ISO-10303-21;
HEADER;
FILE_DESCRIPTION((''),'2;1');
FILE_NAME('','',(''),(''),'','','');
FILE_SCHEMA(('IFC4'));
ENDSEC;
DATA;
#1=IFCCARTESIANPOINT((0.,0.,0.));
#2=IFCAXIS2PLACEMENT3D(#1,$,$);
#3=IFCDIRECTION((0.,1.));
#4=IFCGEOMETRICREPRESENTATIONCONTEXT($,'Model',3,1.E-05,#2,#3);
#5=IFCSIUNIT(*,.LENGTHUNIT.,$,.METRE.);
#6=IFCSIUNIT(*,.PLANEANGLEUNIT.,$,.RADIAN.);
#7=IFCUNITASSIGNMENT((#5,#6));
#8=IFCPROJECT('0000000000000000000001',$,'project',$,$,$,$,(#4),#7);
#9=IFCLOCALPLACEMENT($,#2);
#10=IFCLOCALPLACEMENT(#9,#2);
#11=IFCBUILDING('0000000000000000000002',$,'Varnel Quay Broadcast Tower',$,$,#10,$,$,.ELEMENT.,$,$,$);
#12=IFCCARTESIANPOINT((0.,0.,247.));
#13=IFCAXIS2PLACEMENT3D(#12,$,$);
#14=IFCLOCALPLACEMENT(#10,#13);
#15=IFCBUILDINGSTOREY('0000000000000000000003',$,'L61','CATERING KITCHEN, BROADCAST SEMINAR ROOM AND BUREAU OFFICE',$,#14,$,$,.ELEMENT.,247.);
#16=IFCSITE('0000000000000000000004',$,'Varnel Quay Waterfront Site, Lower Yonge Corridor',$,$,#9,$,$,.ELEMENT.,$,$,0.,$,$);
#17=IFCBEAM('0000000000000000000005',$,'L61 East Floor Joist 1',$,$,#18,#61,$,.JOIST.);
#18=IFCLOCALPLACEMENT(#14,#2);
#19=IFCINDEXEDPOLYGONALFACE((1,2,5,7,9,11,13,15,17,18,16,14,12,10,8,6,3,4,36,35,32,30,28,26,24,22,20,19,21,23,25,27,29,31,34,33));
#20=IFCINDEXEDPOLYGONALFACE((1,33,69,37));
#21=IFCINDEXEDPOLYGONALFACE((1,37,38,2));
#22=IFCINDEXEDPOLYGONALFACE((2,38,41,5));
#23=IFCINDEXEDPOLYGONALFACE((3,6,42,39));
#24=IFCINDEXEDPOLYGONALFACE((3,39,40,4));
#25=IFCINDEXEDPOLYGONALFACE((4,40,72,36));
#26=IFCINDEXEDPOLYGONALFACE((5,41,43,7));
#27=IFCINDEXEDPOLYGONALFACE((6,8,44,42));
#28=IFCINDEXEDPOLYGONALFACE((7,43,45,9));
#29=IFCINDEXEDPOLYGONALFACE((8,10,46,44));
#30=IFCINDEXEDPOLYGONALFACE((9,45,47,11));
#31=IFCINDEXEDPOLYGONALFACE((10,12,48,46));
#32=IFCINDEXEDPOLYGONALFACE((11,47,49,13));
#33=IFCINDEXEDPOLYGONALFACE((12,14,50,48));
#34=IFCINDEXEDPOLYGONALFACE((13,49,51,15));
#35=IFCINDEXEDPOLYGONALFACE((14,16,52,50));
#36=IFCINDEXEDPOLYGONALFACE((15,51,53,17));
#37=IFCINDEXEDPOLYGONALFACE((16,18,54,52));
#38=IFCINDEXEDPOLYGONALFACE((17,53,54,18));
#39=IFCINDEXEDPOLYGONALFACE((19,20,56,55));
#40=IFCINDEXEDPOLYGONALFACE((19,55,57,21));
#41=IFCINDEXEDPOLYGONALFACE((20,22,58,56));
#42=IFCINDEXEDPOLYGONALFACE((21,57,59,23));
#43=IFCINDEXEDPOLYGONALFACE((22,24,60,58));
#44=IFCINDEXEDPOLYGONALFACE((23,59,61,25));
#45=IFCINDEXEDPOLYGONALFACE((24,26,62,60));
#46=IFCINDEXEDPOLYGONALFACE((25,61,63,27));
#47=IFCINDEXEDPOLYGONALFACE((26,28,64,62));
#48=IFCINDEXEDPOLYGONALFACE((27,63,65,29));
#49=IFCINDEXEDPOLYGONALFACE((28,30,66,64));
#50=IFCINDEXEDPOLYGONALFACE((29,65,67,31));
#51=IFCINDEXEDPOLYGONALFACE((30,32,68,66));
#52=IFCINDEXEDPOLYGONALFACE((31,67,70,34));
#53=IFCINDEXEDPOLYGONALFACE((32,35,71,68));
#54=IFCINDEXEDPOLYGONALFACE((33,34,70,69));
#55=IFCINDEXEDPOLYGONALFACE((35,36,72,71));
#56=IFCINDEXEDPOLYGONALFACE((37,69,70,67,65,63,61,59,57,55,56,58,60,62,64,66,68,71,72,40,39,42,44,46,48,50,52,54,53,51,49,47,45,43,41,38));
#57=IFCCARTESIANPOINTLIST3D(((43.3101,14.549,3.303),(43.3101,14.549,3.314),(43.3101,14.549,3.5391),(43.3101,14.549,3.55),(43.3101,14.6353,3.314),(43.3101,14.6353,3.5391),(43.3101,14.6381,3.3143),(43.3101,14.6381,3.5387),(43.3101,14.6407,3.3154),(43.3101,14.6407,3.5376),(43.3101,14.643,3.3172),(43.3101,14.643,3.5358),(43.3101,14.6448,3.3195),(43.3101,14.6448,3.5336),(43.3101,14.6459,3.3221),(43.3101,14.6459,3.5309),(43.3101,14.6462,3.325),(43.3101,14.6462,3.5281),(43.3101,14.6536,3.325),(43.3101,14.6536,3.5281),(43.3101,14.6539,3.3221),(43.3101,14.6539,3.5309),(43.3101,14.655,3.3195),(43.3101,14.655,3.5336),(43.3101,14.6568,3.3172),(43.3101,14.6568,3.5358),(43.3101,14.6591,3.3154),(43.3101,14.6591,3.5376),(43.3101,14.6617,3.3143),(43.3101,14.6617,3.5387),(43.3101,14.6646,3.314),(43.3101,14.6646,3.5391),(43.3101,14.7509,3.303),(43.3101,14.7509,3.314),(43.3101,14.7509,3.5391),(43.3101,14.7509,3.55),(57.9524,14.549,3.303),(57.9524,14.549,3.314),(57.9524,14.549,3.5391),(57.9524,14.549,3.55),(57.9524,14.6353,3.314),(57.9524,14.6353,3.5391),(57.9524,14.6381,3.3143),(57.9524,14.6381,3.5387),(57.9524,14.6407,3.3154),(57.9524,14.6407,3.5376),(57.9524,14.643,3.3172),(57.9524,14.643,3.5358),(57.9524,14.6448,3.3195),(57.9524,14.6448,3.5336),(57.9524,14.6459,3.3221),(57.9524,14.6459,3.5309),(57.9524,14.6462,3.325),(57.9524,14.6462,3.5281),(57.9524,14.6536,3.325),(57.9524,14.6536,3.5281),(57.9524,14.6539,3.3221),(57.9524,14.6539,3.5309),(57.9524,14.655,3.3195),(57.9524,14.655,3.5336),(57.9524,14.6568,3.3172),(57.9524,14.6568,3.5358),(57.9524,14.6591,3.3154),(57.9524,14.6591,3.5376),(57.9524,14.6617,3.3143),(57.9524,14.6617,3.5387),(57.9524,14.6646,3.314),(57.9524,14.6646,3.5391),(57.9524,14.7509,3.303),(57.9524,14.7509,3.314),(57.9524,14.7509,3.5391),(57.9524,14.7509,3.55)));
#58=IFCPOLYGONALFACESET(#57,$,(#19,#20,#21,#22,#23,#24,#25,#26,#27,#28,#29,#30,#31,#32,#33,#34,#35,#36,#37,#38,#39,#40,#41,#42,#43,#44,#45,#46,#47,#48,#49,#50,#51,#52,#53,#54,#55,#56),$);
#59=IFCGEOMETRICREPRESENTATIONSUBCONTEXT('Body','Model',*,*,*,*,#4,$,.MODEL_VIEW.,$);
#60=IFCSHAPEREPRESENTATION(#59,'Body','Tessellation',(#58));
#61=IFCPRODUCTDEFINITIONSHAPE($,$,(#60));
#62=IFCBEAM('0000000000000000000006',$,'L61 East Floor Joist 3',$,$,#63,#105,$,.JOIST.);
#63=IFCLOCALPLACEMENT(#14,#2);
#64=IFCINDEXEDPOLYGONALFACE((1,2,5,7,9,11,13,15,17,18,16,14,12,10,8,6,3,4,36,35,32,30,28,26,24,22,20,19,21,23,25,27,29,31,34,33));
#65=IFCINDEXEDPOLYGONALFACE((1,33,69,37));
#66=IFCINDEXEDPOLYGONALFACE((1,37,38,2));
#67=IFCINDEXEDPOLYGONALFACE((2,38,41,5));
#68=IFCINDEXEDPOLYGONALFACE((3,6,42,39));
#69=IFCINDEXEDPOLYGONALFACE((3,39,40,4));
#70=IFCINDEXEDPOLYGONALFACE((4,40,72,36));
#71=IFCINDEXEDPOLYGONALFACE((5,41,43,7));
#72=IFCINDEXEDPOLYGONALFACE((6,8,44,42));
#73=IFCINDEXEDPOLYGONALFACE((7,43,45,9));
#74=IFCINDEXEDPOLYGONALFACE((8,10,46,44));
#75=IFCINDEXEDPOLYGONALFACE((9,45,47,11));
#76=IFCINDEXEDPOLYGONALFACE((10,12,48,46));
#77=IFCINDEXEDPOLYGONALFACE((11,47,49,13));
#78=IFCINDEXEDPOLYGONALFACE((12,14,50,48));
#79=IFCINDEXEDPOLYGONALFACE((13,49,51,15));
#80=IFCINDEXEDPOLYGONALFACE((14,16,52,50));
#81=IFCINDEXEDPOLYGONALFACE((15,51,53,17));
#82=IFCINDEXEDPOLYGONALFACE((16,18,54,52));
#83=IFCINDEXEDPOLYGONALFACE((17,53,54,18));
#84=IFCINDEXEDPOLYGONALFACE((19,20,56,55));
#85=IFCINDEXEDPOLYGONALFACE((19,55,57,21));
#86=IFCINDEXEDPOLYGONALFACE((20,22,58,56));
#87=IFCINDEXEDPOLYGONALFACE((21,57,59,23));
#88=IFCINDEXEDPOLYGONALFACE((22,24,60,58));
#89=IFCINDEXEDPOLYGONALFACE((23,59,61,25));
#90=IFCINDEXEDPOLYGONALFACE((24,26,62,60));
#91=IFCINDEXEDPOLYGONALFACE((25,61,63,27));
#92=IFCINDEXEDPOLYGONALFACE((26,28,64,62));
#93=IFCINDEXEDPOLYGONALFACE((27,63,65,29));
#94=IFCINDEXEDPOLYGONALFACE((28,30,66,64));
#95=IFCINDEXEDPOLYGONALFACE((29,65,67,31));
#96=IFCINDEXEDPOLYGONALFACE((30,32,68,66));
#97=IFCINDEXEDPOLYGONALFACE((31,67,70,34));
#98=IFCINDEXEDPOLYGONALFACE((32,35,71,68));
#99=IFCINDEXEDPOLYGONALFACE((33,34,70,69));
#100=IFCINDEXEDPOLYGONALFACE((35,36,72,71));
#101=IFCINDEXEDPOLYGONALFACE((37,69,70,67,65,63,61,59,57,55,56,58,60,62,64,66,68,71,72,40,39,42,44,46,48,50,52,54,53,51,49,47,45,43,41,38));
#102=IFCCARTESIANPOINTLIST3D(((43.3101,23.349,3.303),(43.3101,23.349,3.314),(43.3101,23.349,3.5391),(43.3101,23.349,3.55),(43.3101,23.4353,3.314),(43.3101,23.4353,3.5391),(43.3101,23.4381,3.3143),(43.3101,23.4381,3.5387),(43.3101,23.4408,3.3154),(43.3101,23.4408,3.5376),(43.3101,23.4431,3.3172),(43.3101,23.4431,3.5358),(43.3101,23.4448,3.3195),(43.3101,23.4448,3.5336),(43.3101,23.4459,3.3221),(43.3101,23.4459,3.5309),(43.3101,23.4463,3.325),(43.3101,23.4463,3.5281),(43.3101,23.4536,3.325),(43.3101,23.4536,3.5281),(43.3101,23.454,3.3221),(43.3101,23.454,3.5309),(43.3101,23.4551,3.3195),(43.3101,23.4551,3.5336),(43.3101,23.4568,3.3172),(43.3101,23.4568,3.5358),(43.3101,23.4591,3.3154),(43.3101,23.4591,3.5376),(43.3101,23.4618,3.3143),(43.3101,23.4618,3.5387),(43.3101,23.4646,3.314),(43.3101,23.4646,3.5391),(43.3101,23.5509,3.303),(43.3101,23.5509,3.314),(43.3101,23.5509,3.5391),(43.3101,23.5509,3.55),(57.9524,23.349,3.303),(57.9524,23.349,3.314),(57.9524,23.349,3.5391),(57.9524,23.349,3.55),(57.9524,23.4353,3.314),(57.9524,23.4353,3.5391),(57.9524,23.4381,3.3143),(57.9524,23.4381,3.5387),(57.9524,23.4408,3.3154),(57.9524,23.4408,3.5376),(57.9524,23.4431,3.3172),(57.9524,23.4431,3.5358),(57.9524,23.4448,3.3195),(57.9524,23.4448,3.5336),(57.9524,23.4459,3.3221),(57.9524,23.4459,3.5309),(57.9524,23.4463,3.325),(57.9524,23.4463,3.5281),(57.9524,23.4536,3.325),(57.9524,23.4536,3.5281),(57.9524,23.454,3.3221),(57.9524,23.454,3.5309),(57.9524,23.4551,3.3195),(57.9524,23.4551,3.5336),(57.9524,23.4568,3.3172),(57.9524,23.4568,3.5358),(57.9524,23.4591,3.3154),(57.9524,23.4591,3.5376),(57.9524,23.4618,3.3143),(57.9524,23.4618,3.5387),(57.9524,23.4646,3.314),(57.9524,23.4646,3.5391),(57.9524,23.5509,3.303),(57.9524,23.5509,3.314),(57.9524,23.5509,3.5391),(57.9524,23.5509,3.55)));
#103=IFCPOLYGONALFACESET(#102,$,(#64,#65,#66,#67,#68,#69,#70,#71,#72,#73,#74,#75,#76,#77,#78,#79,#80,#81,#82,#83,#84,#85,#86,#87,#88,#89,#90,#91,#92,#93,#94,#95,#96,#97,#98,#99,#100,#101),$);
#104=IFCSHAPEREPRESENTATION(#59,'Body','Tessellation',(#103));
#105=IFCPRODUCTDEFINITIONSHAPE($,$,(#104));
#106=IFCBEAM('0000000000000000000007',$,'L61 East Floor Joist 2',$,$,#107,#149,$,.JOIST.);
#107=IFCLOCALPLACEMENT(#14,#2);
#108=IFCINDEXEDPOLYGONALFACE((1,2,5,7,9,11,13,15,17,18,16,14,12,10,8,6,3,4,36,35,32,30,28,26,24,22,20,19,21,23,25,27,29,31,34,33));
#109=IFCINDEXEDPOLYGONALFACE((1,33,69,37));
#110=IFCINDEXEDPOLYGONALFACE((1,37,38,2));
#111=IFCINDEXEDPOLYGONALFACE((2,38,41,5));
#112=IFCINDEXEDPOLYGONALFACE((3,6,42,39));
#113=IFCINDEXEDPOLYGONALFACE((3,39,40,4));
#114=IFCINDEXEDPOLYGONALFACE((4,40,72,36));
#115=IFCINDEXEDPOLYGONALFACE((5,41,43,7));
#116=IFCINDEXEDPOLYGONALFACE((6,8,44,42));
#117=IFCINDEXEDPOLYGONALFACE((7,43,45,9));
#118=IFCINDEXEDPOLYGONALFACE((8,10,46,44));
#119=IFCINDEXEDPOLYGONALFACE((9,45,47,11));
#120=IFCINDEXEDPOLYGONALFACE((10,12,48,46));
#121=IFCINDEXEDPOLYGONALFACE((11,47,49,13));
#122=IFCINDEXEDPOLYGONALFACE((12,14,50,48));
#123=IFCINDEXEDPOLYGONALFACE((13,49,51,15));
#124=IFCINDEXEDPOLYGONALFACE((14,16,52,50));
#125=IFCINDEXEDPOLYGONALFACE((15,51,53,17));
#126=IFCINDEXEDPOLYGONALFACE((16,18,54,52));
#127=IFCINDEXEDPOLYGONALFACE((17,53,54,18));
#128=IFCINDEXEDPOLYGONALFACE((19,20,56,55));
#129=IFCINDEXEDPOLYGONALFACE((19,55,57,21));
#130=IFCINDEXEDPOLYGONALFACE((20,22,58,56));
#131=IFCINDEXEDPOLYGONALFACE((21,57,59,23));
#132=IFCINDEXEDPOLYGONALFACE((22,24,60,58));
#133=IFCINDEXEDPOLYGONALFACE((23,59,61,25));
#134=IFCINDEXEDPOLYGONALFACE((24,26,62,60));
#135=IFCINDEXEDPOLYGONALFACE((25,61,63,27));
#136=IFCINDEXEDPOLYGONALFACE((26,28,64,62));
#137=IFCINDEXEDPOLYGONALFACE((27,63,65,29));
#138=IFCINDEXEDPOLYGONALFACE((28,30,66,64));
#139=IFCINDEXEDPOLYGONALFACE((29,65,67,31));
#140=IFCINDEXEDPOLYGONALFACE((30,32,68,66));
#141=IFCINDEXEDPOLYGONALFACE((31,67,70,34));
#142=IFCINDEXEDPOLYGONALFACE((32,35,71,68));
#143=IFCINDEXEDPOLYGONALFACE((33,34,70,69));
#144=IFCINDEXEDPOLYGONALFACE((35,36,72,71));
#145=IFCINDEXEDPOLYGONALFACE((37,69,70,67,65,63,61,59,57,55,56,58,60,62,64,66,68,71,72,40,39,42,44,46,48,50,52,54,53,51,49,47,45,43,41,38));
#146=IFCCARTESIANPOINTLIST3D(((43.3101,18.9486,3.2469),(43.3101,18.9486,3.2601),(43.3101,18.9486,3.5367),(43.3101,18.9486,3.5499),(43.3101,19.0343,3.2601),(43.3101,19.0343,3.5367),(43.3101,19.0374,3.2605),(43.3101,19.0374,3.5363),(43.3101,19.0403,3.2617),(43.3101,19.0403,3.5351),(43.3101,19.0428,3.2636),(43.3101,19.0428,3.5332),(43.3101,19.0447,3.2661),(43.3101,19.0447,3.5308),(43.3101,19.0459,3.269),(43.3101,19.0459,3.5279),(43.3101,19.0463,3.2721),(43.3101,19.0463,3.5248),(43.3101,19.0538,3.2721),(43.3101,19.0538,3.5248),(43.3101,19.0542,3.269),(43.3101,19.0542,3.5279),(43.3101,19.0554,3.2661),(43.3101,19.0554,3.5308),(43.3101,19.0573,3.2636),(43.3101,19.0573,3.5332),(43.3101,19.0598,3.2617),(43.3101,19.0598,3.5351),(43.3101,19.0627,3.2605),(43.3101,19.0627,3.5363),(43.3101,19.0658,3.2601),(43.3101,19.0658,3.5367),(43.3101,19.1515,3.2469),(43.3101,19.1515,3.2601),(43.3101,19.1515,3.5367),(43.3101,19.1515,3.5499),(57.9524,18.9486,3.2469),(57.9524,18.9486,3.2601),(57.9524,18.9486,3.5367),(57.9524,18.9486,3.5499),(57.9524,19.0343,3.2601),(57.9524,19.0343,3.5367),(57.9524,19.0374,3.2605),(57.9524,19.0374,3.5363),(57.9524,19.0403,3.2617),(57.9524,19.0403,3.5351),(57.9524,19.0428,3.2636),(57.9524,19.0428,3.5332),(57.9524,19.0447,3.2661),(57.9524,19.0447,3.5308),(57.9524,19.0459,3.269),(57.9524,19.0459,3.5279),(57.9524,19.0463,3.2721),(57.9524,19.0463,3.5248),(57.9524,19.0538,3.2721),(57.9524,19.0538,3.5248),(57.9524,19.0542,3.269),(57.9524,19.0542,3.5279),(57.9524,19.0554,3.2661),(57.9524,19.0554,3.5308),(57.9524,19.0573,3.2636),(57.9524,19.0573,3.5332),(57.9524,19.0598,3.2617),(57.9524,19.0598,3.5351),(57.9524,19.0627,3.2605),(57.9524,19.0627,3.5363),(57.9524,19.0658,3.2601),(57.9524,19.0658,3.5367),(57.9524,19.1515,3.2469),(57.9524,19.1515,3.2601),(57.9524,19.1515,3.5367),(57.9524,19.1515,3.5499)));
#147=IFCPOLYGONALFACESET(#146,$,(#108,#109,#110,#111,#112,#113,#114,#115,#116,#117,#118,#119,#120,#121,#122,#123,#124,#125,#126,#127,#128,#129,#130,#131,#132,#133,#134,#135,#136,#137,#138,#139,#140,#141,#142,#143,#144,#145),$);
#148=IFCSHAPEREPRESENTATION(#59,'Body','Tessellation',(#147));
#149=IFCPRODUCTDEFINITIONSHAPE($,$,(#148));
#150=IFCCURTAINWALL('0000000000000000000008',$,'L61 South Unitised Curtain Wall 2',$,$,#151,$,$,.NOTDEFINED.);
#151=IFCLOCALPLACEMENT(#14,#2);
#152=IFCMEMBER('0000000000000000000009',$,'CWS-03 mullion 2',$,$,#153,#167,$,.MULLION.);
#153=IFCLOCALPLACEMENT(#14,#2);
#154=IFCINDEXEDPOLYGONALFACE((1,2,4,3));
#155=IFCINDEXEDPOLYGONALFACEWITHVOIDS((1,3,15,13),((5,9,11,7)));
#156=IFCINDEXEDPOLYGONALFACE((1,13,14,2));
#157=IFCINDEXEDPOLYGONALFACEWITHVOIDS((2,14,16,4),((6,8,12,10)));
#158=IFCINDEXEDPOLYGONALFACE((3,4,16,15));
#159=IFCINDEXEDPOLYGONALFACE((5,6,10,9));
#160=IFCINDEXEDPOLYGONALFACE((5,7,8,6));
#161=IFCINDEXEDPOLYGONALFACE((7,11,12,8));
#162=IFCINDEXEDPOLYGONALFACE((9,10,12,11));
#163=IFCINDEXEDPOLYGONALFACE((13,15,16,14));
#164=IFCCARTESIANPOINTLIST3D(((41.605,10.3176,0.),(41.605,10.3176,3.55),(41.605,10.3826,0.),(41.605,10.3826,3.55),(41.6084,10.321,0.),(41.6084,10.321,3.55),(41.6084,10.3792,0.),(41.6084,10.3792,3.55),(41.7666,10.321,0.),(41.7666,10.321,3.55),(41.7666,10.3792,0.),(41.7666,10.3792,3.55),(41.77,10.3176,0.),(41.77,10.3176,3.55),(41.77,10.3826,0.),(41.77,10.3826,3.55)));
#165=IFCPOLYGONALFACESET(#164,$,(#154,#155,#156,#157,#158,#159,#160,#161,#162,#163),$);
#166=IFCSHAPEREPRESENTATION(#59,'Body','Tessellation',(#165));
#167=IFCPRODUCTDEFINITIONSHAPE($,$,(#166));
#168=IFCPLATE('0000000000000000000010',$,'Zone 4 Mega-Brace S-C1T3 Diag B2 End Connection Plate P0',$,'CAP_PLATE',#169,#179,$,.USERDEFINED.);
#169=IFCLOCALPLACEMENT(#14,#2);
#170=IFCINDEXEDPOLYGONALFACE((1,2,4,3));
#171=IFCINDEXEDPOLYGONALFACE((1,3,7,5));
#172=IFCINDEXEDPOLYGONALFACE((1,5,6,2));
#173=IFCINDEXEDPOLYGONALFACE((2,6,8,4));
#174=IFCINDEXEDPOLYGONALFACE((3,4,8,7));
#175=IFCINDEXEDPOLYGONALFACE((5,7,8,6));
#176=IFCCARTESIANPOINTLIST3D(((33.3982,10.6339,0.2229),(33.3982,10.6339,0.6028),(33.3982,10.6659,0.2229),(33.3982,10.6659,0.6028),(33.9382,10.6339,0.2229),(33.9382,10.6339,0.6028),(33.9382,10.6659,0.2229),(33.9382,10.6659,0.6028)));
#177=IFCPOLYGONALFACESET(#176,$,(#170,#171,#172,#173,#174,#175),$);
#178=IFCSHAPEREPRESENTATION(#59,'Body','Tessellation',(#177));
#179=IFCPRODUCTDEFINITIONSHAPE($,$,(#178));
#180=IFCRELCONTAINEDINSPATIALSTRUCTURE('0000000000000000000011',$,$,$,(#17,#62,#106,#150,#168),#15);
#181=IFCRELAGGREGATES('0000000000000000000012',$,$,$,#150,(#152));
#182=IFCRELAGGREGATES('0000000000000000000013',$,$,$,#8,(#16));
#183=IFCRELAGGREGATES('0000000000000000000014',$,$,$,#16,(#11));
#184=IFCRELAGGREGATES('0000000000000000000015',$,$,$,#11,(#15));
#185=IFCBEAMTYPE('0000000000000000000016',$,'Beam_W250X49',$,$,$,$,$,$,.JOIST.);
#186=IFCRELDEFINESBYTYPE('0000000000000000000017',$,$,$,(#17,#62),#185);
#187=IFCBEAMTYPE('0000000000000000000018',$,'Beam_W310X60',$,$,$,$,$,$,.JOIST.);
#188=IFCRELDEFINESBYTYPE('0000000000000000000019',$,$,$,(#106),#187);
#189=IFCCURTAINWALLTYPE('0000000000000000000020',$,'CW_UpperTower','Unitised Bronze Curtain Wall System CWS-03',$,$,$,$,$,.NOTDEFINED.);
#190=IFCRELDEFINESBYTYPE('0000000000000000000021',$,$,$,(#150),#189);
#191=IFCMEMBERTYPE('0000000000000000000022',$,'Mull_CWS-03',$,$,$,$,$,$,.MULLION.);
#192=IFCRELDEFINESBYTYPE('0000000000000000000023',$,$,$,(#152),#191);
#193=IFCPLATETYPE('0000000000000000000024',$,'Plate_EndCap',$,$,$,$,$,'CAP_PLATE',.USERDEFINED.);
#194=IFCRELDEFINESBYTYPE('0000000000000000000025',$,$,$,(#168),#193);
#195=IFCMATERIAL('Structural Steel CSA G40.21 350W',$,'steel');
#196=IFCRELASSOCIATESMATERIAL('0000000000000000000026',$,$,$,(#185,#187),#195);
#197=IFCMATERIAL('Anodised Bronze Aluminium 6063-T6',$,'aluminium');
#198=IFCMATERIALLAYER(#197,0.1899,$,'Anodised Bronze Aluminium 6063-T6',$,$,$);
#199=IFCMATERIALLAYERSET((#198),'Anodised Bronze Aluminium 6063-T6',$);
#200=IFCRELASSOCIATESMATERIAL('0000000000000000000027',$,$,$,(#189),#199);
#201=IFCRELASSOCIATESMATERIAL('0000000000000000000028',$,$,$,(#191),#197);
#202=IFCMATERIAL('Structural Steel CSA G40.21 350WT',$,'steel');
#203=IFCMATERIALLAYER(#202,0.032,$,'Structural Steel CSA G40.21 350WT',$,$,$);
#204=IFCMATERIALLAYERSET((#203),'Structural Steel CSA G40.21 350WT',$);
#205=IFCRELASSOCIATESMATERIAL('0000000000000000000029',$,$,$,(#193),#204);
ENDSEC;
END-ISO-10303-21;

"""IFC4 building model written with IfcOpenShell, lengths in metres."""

from ifc_helpers import new_model, si_unit, direction, frame, origin, origin_2d, place, context, subcontext, project, spatial, rectangle, hollow_rectangle, i_section, extrude, source, transform, mapped, material, layer, layer_set, material_profile, profile_set, type_object, type_shapes, element, aggregate, save


model = new_model("IFC4")

# Units and contexts
model_context = context("Model", 3, precision=1e-05, world=origin(), true_north=direction((0.0, 1.0)))
body_context = subcontext(model_context, "Body", "Model", "MODEL_VIEW")
ifc_project = project(units=[si_unit("LENGTHUNIT", "METRE"), si_unit("PLANEANGLEUNIT", "RADIAN")], contexts=[model_context])

# Site, building, storey
site_placement = place(None, origin())
site = spatial("IfcSite", under=ifc_project, at=site_placement, Name="Varnel Quay Waterfront Site, Lower Yonge Corridor", CompositionType="ELEMENT", RefElevation=0.0)
building_placement = place(site_placement, origin())
building = spatial("IfcBuilding", under=site, at=building_placement, Name="Varnel Quay Broadcast Tower", CompositionType="ELEMENT")
storey_placement = place(building_placement, frame((0.0, 0.0, 247.0)))
storey = spatial("IfcBuildingStorey", under=building, at=storey_placement, Name="L61", Description="CATERING KITCHEN, BROADCAST SEMINAR ROOM AND BUREAU OFFICE", CompositionType="ELEMENT", Elevation=247.0)

# Shared definitions
ifc_material_1 = material(Name="Structural Steel CSA G40.21 350W", Category="steel")

# Beams
ifc_material_profile_1 = material_profile(ifc_material_1, i_section(OverallWidth=0.2019, OverallDepth=0.2471, WebThickness=0.0073, FlangeThickness=0.011, FilletRadius=0.011, at=origin_2d()), Name="W250X49")
ifc_profile_set_1 = profile_set([ifc_material_profile_1], Name="Structural Steel CSA G40.21 350W")
beam_type_1 = type_object("IfcBeamType", Name="Beam_W250X49", PredefinedType="JOIST", material=ifc_profile_set_1)
shared_shape_1 = source(origin(), body_context, "Body", "SweptSolid", [
    extrude(i_section(OverallWidth=0.2019, OverallDepth=0.2471, WebThickness=0.0073, FlangeThickness=0.011, FilletRadius=0.011, at=origin_2d()), origin(), (0.0, 0.0, 1.0), 14.6423),
])
type_shapes(beam_type_1, [shared_shape_1])
for number, where, z_axis, x_axis, name in (
    (1, (43.3101, 14.6499, 3.4265), (1.0, 0.0, 0.0), (0.0, 1.0, 0.0), "L61 East Floor Joist 1"),
    (2, (43.3101, 23.45, 3.4265), (1.0, 0.0, 0.0), (0.0, 1.0, 0.0), "L61 East Floor Joist 3"),
):
    element("IfcBeam", number, at=place(storey_placement, frame(where, z_axis=z_axis, x_axis=x_axis)), inside=storey, type_object=beam_type_1, Name=name, PredefinedType="JOIST", context=body_context, shape_type="MappedRepresentation", body=[
        mapped(shared_shape_1, transform((0.0, 0.0, 0.0), x_axis=(1.0, 0.0, 0.0), y_axis=(0.0, 1.0, 0.0), z_axis=(0.0, 0.0, 1.0), scale=1.0)),
    ])
ifc_material_profile_2 = material_profile(ifc_material_1, i_section(OverallWidth=0.2029, OverallDepth=0.303, WebThickness=0.0076, FlangeThickness=0.0132, FilletRadius=0.012, at=origin_2d()), Name="W310X60")
ifc_profile_set_2 = profile_set([ifc_material_profile_2], Name="Structural Steel CSA G40.21 350W")
beam_type_2 = type_object("IfcBeamType", Name="Beam_W310X60", PredefinedType="JOIST", material=ifc_profile_set_2)
shared_shape_2 = source(origin(), body_context, "Body", "SweptSolid", [
    extrude(i_section(OverallWidth=0.2029, OverallDepth=0.303, WebThickness=0.0076, FlangeThickness=0.0132, FilletRadius=0.012, at=origin_2d()), origin(), (0.0, 0.0, 1.0), 14.6423),
])
type_shapes(beam_type_2, [shared_shape_2])
beam_1_placement = place(storey_placement, frame((43.3101, 19.05, 3.3984), z_axis=(1.0, 0.0, 0.0), x_axis=(0.0, 1.0, 0.0)))
element("IfcBeam", 3, at=beam_1_placement, inside=storey, type_object=beam_type_2, Name="L61 East Floor Joist 2", PredefinedType="JOIST", context=body_context, shape_type="MappedRepresentation", body=[
    mapped(shared_shape_2, transform((0.0, 0.0, 0.0), x_axis=(1.0, 0.0, 0.0), y_axis=(0.0, 1.0, 0.0), z_axis=(0.0, 0.0, 1.0), scale=1.0)),
])

# Curtain wall, member
ifc_material_2 = material(Name="Anodised Bronze Aluminium 6063-T6", Category="aluminium")
ifc_layer_1 = layer(ifc_material_2, 0.1899, Name="Anodised Bronze Aluminium 6063-T6")
ifc_layer_set_1 = layer_set([ifc_layer_1], Name="Anodised Bronze Aluminium 6063-T6")
curtain_wall_type = type_object("IfcCurtainWallType", Name="CW_UpperTower", Description="Unitised Bronze Curtain Wall System CWS-03", PredefinedType="NOTDEFINED", material=ifc_layer_set_1)
curtain_wall_placement = place(storey_placement, origin())
curtain_wall = element("IfcCurtainWall", 4, at=curtain_wall_placement, inside=storey, type_object=curtain_wall_type, Name="L61 South Unitised Curtain Wall 2", PredefinedType="NOTDEFINED")
ifc_material_profile_3 = material_profile(ifc_material_2, hollow_rectangle(XDim=0.0649, YDim=0.165, WallThickness=0.0034, at=origin_2d()), Name="ALU65X165X3.5")
ifc_profile_set_3 = profile_set([ifc_material_profile_3], Name="Anodised Bronze Aluminium 6063-T6")
member_type = type_object("IfcMemberType", Name="Mull_CWS-03", PredefinedType="MULLION", material=ifc_profile_set_3)
shared_shape_3 = source(origin(), body_context, "Body", "SweptSolid", [
    extrude(hollow_rectangle(XDim=0.0649, YDim=0.165, WallThickness=0.0034, at=origin_2d()), origin(), (0.0, 0.0, 1.0), 3.55),
])
type_shapes(member_type, [shared_shape_3])
member_placement = place(storey_placement, frame((41.6875, 10.3501, 0.0), z_axis=(0.0, 0.0, 1.0), x_axis=(0.0, 1.0, 0.0)))
member = element("IfcMember", 5, at=member_placement, type_object=member_type, Name="CWS-03 mullion 2", PredefinedType="MULLION", context=body_context, shape_type="MappedRepresentation", body=[
    mapped(shared_shape_3, transform((0.0, 0.0, 0.0), x_axis=(1.0, 0.0, 0.0), y_axis=(0.0, 1.0, 0.0), z_axis=(0.0, 0.0, 1.0), scale=1.0)),
])

# Plate
ifc_material_3 = material(Name="Structural Steel CSA G40.21 350WT", Category="steel")
ifc_layer_2 = layer(ifc_material_3, 0.032, Name="Structural Steel CSA G40.21 350WT")
ifc_layer_set_2 = layer_set([ifc_layer_2], Name="Structural Steel CSA G40.21 350WT")
plate_type_1 = type_object("IfcPlateType", Name="Plate_EndCap", ElementType="CAP_PLATE", PredefinedType="USERDEFINED", material=ifc_layer_set_2)
shared_shape_4 = source(origin(), body_context, "Body", "SweptSolid", [
    extrude(rectangle(XDim=0.54, YDim=0.032, at=origin_2d()), origin(), (0.0, 0.0, 1.0), 0.3799),
])
type_shapes(plate_type_1, [shared_shape_4])
plate_1_placement = place(storey_placement, frame((33.6682, 10.6499, 0.2229), z_axis=(0.0, 0.0, 1.0), x_axis=(1.0, 0.0, 0.0)))
element("IfcPlate", 6, at=plate_1_placement, inside=storey, type_object=plate_type_1, Name="Zone 4 Mega-Brace S-C1T3 Diag B2 End Connection Plate P0", ObjectType="CAP_PLATE", PredefinedType="USERDEFINED", context=body_context, shape_type="MappedRepresentation", body=[
    mapped(shared_shape_4, transform((0.0, 0.0, 0.0), x_axis=(1.0, 0.0, 0.0), y_axis=(0.0, 1.0, 0.0), z_axis=(0.0, 0.0, 1.0), scale=1.0)),
])
aggregate(curtain_wall, [member])

save(model, "model.ifc")
